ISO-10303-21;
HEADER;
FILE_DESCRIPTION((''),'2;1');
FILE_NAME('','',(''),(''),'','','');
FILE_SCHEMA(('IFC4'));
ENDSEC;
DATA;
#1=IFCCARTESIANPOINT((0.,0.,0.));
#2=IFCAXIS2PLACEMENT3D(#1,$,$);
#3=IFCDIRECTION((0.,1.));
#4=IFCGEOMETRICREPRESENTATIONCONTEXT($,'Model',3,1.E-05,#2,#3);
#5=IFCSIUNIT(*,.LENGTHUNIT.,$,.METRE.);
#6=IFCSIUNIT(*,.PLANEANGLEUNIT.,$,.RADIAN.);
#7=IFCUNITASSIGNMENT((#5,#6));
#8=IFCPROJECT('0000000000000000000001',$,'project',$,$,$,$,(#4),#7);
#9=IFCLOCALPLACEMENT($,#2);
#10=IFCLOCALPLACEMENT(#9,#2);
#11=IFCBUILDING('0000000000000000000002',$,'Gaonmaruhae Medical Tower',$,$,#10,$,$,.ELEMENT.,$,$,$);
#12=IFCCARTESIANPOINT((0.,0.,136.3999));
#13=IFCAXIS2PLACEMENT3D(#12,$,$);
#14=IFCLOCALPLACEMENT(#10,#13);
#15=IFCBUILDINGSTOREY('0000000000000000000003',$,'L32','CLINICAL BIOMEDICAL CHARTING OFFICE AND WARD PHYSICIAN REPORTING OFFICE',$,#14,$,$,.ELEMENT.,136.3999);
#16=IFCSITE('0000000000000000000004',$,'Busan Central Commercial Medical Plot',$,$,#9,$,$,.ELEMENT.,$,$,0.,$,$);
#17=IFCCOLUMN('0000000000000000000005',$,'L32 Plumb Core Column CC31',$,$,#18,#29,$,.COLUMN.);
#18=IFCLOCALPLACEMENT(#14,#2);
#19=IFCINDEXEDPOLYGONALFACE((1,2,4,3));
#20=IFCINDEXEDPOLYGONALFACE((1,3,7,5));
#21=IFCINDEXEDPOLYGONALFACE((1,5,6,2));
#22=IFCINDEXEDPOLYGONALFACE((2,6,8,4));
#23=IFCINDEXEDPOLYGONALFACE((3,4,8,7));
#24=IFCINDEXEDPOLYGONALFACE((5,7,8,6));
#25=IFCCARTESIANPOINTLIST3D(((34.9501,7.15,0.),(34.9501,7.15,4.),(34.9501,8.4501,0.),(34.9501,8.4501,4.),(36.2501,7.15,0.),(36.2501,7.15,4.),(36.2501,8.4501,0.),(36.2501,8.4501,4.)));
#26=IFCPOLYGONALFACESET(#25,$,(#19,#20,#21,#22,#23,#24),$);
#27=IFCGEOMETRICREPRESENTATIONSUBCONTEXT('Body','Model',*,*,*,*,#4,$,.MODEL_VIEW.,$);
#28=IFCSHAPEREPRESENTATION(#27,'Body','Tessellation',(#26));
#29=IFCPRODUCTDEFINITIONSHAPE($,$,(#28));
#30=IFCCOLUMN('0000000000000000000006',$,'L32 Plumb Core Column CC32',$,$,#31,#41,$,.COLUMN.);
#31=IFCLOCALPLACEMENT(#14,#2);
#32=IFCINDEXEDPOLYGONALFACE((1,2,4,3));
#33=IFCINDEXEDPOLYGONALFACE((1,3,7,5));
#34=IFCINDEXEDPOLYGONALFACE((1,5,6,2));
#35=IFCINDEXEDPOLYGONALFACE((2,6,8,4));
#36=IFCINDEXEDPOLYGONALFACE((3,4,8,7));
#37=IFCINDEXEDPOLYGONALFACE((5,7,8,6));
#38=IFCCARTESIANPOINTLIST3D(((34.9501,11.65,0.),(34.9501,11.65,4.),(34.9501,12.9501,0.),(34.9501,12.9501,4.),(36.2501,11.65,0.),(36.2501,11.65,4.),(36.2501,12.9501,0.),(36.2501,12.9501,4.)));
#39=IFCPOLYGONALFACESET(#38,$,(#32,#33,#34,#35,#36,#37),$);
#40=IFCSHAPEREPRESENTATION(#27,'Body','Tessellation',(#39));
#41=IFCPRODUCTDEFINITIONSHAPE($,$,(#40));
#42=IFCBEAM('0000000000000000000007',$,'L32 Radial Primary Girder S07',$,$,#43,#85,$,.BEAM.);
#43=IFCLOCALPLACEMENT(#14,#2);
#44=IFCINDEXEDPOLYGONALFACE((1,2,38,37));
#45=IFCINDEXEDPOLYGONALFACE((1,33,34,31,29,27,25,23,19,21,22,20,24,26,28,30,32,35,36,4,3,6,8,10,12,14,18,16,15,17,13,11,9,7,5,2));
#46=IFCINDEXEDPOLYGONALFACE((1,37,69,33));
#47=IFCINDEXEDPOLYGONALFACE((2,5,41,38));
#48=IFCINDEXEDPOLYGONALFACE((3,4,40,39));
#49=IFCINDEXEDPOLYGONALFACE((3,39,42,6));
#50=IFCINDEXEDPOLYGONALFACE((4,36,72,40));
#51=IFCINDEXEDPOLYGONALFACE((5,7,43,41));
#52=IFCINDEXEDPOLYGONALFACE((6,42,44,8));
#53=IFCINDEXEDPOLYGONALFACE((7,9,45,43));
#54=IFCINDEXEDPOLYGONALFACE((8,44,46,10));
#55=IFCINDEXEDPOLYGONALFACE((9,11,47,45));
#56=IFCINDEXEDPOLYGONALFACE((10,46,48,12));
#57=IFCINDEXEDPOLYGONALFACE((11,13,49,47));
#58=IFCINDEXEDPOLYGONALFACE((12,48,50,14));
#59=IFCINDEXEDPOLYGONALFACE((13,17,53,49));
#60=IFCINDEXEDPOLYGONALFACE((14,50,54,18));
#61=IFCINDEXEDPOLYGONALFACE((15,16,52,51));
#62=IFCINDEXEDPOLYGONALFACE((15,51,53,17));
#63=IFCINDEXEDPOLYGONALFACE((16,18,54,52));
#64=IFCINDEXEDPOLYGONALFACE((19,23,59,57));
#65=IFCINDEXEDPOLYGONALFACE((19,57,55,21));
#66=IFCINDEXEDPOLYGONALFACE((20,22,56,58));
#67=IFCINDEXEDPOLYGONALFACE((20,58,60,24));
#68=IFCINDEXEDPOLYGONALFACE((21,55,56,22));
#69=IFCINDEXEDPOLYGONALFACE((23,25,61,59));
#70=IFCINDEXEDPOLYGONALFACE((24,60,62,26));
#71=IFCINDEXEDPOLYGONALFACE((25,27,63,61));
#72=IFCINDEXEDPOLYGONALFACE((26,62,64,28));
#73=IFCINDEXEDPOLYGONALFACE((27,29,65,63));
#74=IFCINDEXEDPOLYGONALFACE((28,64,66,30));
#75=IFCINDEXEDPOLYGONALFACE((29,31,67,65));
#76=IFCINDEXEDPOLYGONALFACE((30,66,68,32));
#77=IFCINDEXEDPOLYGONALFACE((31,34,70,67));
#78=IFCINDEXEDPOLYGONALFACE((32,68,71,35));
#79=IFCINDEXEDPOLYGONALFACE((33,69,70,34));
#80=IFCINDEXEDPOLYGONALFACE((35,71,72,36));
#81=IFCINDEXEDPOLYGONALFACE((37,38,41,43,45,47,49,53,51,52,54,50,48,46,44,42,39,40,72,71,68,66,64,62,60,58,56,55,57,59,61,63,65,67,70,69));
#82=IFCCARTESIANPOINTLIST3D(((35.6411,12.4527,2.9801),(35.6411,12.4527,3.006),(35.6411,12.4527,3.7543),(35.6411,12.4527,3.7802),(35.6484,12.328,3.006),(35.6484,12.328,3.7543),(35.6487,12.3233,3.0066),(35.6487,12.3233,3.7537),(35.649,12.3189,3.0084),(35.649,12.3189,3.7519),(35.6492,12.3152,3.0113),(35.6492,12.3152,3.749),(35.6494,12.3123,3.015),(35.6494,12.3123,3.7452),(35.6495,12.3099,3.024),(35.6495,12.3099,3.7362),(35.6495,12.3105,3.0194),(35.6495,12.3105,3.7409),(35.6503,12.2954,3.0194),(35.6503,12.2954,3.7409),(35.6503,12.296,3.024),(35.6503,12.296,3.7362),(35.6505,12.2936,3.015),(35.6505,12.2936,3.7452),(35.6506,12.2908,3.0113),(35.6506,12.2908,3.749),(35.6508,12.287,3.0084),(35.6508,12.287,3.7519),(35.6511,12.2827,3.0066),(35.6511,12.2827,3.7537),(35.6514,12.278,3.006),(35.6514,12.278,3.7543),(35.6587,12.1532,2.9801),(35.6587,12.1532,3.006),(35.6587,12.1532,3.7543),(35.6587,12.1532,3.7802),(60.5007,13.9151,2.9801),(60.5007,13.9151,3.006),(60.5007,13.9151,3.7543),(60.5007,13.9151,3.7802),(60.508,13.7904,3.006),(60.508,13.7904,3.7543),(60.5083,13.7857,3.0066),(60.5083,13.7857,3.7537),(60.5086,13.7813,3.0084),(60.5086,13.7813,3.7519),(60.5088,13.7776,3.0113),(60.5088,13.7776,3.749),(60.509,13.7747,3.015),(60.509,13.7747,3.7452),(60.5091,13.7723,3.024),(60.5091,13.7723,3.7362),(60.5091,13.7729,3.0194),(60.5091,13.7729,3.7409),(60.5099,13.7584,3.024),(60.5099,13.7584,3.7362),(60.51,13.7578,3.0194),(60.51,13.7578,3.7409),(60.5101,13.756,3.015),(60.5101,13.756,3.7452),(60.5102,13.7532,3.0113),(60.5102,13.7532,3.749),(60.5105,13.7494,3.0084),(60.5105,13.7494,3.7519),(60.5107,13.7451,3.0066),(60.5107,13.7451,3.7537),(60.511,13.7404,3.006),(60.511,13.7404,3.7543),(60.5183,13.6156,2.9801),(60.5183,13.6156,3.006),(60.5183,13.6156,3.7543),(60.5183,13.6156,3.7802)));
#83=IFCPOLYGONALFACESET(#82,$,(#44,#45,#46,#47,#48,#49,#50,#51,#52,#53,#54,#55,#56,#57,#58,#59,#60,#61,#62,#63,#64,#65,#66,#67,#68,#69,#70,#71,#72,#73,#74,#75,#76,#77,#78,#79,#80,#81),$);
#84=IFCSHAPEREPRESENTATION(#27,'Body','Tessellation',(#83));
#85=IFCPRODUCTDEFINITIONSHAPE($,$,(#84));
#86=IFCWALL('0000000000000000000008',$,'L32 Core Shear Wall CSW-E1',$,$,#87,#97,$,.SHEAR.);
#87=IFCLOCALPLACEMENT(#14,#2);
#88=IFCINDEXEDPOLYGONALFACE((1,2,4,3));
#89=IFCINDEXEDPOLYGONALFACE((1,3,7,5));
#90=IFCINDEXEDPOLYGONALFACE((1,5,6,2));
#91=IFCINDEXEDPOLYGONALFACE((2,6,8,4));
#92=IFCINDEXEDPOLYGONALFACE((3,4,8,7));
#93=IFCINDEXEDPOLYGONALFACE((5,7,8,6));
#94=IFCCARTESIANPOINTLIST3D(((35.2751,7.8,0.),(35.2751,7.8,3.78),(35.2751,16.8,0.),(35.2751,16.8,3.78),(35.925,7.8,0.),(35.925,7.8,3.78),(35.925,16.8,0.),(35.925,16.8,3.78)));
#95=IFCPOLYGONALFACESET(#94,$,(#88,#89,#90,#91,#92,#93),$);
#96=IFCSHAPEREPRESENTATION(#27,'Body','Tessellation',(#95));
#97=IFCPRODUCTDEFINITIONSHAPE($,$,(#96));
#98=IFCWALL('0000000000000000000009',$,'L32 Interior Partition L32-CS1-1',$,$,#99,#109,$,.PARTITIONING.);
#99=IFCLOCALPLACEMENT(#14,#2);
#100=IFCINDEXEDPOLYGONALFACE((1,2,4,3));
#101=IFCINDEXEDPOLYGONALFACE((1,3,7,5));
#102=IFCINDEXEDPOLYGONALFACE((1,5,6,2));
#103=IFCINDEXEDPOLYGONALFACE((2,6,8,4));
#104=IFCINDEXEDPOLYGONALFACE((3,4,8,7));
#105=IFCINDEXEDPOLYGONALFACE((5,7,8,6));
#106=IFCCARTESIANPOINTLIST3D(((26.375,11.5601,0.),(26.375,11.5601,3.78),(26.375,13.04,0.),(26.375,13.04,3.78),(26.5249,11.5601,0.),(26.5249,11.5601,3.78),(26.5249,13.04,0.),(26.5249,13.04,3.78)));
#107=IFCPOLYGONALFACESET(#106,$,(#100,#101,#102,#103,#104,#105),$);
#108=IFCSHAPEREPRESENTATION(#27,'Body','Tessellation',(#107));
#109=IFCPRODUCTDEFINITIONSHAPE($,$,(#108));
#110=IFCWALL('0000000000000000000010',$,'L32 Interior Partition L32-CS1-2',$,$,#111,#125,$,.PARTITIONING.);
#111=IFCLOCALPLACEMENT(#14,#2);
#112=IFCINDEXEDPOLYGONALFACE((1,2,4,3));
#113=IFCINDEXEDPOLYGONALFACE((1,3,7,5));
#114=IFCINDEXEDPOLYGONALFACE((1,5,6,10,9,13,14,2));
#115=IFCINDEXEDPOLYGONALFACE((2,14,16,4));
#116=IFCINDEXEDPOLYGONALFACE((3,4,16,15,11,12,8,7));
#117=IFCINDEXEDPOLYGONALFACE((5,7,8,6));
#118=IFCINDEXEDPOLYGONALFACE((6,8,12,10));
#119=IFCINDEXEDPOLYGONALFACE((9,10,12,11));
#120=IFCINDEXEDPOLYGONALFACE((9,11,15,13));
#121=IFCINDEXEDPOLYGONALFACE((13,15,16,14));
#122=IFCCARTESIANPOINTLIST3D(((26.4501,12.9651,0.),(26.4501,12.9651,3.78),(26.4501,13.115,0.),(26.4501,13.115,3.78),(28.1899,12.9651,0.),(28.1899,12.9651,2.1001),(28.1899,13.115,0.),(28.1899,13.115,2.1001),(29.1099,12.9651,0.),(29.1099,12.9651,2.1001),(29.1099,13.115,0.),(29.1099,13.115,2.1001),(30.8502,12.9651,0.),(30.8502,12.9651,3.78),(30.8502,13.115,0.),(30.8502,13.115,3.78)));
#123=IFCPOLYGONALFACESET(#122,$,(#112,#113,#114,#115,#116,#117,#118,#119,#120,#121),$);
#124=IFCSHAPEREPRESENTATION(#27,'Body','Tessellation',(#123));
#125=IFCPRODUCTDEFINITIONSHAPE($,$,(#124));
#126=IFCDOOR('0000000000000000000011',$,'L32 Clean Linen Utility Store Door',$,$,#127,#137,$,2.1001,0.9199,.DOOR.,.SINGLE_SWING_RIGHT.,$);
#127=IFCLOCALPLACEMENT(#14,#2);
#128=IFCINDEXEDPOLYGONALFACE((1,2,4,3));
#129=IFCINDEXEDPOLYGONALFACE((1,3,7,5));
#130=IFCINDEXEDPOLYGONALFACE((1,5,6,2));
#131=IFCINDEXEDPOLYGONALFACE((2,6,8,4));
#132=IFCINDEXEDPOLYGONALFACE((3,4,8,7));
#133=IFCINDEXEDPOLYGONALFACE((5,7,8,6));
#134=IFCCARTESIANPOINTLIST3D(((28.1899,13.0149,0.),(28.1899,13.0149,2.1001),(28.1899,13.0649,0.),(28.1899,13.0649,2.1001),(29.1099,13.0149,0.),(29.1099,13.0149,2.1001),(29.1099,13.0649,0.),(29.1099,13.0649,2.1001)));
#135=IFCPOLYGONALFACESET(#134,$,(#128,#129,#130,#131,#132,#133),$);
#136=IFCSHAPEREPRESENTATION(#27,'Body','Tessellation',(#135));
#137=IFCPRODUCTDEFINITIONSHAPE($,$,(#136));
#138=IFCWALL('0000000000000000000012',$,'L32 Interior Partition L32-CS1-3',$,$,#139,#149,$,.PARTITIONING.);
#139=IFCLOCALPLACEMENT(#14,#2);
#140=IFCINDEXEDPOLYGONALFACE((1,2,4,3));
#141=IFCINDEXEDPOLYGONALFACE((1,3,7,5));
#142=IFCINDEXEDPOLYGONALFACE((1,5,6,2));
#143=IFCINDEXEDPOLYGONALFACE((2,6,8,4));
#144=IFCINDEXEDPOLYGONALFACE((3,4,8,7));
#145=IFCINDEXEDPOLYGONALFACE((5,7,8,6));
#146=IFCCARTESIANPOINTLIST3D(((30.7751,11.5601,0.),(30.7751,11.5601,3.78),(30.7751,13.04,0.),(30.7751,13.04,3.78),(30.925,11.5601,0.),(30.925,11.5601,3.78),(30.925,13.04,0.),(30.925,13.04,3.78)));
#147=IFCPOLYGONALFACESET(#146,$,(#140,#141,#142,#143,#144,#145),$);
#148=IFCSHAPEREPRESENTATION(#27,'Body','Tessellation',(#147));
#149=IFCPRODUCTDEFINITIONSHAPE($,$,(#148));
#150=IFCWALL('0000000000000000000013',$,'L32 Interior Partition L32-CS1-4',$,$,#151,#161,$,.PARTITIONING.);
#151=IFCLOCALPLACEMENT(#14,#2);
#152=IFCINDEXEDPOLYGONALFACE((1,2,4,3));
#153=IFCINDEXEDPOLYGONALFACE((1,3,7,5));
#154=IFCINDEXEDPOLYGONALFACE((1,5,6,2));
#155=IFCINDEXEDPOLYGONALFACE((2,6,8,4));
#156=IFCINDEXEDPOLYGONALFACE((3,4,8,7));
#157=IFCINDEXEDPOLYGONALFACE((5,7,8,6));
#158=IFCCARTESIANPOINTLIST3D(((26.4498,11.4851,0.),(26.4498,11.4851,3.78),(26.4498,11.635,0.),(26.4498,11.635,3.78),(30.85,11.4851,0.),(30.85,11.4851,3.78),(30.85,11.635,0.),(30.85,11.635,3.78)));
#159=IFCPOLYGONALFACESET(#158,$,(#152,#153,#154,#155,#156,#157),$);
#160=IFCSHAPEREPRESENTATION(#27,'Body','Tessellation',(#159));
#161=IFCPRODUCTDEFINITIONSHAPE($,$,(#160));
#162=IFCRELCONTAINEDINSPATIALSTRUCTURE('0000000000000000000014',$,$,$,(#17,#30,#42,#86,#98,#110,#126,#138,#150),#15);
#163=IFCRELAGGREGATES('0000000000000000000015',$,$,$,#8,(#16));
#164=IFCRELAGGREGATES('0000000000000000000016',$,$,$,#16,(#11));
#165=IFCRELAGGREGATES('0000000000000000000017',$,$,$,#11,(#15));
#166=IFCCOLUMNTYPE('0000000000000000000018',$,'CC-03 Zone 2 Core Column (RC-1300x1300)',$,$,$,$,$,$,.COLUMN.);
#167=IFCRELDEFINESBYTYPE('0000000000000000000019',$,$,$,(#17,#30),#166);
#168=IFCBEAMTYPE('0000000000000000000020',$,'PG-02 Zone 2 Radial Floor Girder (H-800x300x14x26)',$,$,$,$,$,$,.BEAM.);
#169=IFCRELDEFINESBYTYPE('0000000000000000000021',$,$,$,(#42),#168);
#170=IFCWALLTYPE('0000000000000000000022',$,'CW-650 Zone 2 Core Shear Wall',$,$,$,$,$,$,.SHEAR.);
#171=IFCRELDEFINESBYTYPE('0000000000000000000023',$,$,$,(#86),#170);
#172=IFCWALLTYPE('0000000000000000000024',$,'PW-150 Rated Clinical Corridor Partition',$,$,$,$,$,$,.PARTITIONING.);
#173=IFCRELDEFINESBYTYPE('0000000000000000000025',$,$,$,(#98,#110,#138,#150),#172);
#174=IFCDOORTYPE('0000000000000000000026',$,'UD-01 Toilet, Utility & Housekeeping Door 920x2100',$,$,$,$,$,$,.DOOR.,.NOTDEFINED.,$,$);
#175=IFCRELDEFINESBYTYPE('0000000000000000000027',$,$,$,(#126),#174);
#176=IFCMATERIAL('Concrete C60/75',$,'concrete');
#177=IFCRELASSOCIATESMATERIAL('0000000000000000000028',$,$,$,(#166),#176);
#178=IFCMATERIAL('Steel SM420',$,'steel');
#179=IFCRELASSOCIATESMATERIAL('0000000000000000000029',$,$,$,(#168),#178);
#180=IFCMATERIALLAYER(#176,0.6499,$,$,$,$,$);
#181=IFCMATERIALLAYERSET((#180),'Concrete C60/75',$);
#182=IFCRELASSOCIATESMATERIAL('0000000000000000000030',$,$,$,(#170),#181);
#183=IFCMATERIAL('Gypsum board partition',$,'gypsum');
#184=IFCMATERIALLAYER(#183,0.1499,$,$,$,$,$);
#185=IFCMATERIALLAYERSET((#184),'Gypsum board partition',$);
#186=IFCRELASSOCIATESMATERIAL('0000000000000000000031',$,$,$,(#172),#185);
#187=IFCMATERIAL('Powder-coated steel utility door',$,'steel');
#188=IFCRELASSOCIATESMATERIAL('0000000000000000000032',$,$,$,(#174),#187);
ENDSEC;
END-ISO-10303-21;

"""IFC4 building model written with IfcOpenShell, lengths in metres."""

from ifc_helpers import new_model, si_unit, direction, frame, frame_2d, origin, origin_2d, place, context, subcontext, project, spatial, rectangle, i_section, extrude, material, layer, layer_set, material_profile, profile_set, type_object, element, fill, save


model = new_model("IFC4")

# Units and contexts
model_context = context("Model", 3, precision=1e-05, world=origin(), true_north=direction((0.0, 1.0)))
body_context = subcontext(model_context, "Body", "Model", "MODEL_VIEW")
ifc_project = project(units=[si_unit("LENGTHUNIT", "METRE"), si_unit("PLANEANGLEUNIT", "RADIAN")], contexts=[model_context])

# Site, building, storey
site_placement = place(None, origin())
site = spatial("IfcSite", under=ifc_project, at=site_placement, Name="Busan Central Commercial Medical Plot", CompositionType="ELEMENT", RefElevation=0.0)
building_placement = place(site_placement, origin())
building = spatial("IfcBuilding", under=site, at=building_placement, Name="Gaonmaruhae Medical Tower", CompositionType="ELEMENT")
storey_placement = place(building_placement, frame((0.0, 0.0, 136.3999)))
storey = spatial("IfcBuildingStorey", under=building, at=storey_placement, Name="L32", Description="CLINICAL BIOMEDICAL CHARTING OFFICE AND WARD PHYSICIAN REPORTING OFFICE", CompositionType="ELEMENT", Elevation=136.3999)

# Columns
ifc_material_1 = material(Name="Concrete C60/75", Category="concrete")
ifc_material_profile_1 = material_profile(ifc_material_1, rectangle(XDim=1.3, YDim=1.3, at=origin_2d()), Name="RC-1300x1300")
ifc_profile_set_1 = profile_set([ifc_material_profile_1], Name="Concrete C60/75")
column_type = type_object("IfcColumnType", Name="CC-03 Zone 2 Core Column (RC-1300x1300)", PredefinedType="COLUMN", material=ifc_profile_set_1)
for number, where, z_axis, x_axis, name in (
    (1, (35.6001, 7.8, 0.0), (0.0, 0.0, 1.0), (1.0, 0.0, 0.0), "L32 Plumb Core Column CC31"),
    (2, (35.6001, 12.3, 0.0), (0.0, 0.0, 1.0), (1.0, 0.0, 0.0), "L32 Plumb Core Column CC32"),
):
    element("IfcColumn", number, at=place(storey_placement, frame(where, z_axis=z_axis, x_axis=x_axis)), inside=storey, type_object=column_type, Name=name, PredefinedType="COLUMN", context=body_context, shape_type="SweptSolid", body=[
        extrude(rectangle(XDim=1.3, YDim=1.3, at=origin_2d()), origin(), (0.0, 0.0, 1.0), 4.0),
    ])

# Beam
ifc_material_2 = material(Name="Steel SM420", Category="steel")
ifc_material_profile_2 = material_profile(ifc_material_2, i_section(OverallWidth=0.3, OverallDepth=0.8, WebThickness=0.0139, FlangeThickness=0.0259, FilletRadius=0.0181, at=origin_2d()), Name="H-800x300x14x26")
ifc_profile_set_2 = profile_set([ifc_material_profile_2], Name="Steel SM420")
beam_type = type_object("IfcBeamType", Name="PG-02 Zone 2 Radial Floor Girder (H-800x300x14x26)", PredefinedType="BEAM", material=ifc_profile_set_2)
beam_placement = place(storey_placement, frame((35.6499, 12.303, 3.3801), z_axis=(0.998274, 0.058725, 0.0), x_axis=(-0.058725, 0.998274, 0.0)))
element("IfcBeam", 3, at=beam_placement, inside=storey, type_object=beam_type, Name="L32 Radial Primary Girder S07", PredefinedType="BEAM", context=body_context, shape_type="SweptSolid", body=[
    extrude(i_section(OverallWidth=0.3, OverallDepth=0.8, WebThickness=0.0139, FlangeThickness=0.0259, FilletRadius=0.0181, at=origin_2d()), origin(), (0.0, 0.0, 1.0), 24.9026),
])

# Walls
ifc_layer_1 = layer(ifc_material_1, 0.6499)
ifc_layer_set_1 = layer_set([ifc_layer_1], Name="Concrete C60/75")
wall_type_1 = type_object("IfcWallType", Name="CW-650 Zone 2 Core Shear Wall", PredefinedType="SHEAR", material=ifc_layer_set_1)
wall_1_placement = place(storey_placement, frame((35.6001, 7.8, 0.0), z_axis=(0.0, 0.0, 1.0), x_axis=(0.0, 1.0, 0.0)))
element("IfcWall", 4, at=wall_1_placement, inside=storey, type_object=wall_type_1, Name="L32 Core Shear Wall CSW-E1", PredefinedType="SHEAR", context=body_context, shape_type="SweptSolid", body=[
    extrude(rectangle(XDim=9.0, YDim=0.6499, at=frame_2d((4.5, 0.0))), origin(), (0.0, 0.0, 1.0), 3.78),
])
ifc_material_3 = material(Name="Gypsum board partition", Category="gypsum")
ifc_layer_2 = layer(ifc_material_3, 0.1499)
ifc_layer_set_2 = layer_set([ifc_layer_2], Name="Gypsum board partition")
wall_type_2 = type_object("IfcWallType", Name="PW-150 Rated Clinical Corridor Partition", PredefinedType="PARTITIONING", material=ifc_layer_set_2)
wall_2_placement = place(storey_placement, frame((26.45, 11.5601, 0.0), z_axis=(0.0, 0.0, 1.0), x_axis=(0.0, 1.0, 0.0)))
element("IfcWall", 5, at=wall_2_placement, inside=storey, type_object=wall_type_2, Name="L32 Interior Partition L32-CS1-1", PredefinedType="PARTITIONING", context=body_context, shape_type="SweptSolid", body=[
    extrude(rectangle(XDim=1.48, YDim=0.1499, at=frame_2d((0.74, 0.0))), origin(), (0.0, 0.0, 1.0), 3.78),
])

# Wall, opening, door
wall_3_placement = place(storey_placement, frame((26.45, 13.04, 0.0), z_axis=(0.0, 0.0, 1.0), x_axis=(1.0, 0.0, 0.0)))
wall_3 = element("IfcWall", 6, at=wall_3_placement, inside=storey, type_object=wall_type_2, Name="L32 Interior Partition L32-CS1-2", PredefinedType="PARTITIONING", context=body_context, shape_type="SweptSolid", body=[
    extrude(rectangle(XDim=4.4001, YDim=0.1499, at=frame_2d((2.2002, 0.0))), origin(), (0.0, 0.0, 1.0), 3.78),
])
opening_1_placement = place(wall_3_placement, frame((1.74, 0.0, 0.0)))
opening_1 = element("IfcOpeningElement", 7, at=opening_1_placement, cuts=wall_3, PredefinedType="OPENING", context=body_context, shape_type="SweptSolid", body=[
    extrude(rectangle(XDim=0.9199, YDim=2.1001, at=frame_2d((0.46, 1.05))), frame((0.0, 0.085, 0.0), z_axis=(0.0, -1.0, 0.0), x_axis=(1.0, 0.0, 0.0)), (0.0, 0.0, 1.0), 0.1699),
])
ifc_material_4 = material(Name="Powder-coated steel utility door", Category="steel")
door_type_1 = type_object("IfcDoorType", Name="UD-01 Toilet, Utility & Housekeeping Door 920x2100", OperationType="NOTDEFINED", PredefinedType="DOOR", material=ifc_material_4)
door_1_placement = place(opening_1_placement, origin())
door_1 = element("IfcDoor", 8, at=door_1_placement, inside=storey, type_object=door_type_1, Name="L32 Clean Linen Utility Store Door", OperationType="SINGLE_SWING_RIGHT", OverallHeight=2.1001, OverallWidth=0.9199, PredefinedType="DOOR", context=body_context, shape_type="SweptSolid", body=[
    extrude(rectangle(XDim=0.9199, YDim=2.1001, at=frame_2d((0.46, 1.05))), frame((0.0, 0.0249, 0.0), z_axis=(0.0, -1.0, 0.0), x_axis=(1.0, 0.0, 0.0)), (0.0, 0.0, 1.0), 0.05),
])
fill(opening_1, door_1)

# Walls
wall_4_placement = place(storey_placement, frame((30.8501, 13.04, 0.0), z_axis=(0.0, 0.0, 1.0), x_axis=(0.0, -1.0, 0.0)))
element("IfcWall", 9, at=wall_4_placement, inside=storey, type_object=wall_type_2, Name="L32 Interior Partition L32-CS1-3", PredefinedType="PARTITIONING", context=body_context, shape_type="SweptSolid", body=[
    extrude(rectangle(XDim=1.48, YDim=0.1499, at=frame_2d((0.74, 0.0))), origin(), (0.0, 0.0, 1.0), 3.78),
])
wall_5_placement = place(storey_placement, frame((30.8501, 11.5601, 0.0), z_axis=(0.0, 0.0, 1.0), x_axis=(-1.0, 0.0, 0.0)))
element("IfcWall", 10, at=wall_5_placement, inside=storey, type_object=wall_type_2, Name="L32 Interior Partition L32-CS1-4", PredefinedType="PARTITIONING", context=body_context, shape_type="SweptSolid", body=[
    extrude(rectangle(XDim=4.4001, YDim=0.1499, at=frame_2d((2.2002, 0.0))), origin(), (0.0, 0.0, 1.0), 3.78),
])

save(model, "model.ifc")
